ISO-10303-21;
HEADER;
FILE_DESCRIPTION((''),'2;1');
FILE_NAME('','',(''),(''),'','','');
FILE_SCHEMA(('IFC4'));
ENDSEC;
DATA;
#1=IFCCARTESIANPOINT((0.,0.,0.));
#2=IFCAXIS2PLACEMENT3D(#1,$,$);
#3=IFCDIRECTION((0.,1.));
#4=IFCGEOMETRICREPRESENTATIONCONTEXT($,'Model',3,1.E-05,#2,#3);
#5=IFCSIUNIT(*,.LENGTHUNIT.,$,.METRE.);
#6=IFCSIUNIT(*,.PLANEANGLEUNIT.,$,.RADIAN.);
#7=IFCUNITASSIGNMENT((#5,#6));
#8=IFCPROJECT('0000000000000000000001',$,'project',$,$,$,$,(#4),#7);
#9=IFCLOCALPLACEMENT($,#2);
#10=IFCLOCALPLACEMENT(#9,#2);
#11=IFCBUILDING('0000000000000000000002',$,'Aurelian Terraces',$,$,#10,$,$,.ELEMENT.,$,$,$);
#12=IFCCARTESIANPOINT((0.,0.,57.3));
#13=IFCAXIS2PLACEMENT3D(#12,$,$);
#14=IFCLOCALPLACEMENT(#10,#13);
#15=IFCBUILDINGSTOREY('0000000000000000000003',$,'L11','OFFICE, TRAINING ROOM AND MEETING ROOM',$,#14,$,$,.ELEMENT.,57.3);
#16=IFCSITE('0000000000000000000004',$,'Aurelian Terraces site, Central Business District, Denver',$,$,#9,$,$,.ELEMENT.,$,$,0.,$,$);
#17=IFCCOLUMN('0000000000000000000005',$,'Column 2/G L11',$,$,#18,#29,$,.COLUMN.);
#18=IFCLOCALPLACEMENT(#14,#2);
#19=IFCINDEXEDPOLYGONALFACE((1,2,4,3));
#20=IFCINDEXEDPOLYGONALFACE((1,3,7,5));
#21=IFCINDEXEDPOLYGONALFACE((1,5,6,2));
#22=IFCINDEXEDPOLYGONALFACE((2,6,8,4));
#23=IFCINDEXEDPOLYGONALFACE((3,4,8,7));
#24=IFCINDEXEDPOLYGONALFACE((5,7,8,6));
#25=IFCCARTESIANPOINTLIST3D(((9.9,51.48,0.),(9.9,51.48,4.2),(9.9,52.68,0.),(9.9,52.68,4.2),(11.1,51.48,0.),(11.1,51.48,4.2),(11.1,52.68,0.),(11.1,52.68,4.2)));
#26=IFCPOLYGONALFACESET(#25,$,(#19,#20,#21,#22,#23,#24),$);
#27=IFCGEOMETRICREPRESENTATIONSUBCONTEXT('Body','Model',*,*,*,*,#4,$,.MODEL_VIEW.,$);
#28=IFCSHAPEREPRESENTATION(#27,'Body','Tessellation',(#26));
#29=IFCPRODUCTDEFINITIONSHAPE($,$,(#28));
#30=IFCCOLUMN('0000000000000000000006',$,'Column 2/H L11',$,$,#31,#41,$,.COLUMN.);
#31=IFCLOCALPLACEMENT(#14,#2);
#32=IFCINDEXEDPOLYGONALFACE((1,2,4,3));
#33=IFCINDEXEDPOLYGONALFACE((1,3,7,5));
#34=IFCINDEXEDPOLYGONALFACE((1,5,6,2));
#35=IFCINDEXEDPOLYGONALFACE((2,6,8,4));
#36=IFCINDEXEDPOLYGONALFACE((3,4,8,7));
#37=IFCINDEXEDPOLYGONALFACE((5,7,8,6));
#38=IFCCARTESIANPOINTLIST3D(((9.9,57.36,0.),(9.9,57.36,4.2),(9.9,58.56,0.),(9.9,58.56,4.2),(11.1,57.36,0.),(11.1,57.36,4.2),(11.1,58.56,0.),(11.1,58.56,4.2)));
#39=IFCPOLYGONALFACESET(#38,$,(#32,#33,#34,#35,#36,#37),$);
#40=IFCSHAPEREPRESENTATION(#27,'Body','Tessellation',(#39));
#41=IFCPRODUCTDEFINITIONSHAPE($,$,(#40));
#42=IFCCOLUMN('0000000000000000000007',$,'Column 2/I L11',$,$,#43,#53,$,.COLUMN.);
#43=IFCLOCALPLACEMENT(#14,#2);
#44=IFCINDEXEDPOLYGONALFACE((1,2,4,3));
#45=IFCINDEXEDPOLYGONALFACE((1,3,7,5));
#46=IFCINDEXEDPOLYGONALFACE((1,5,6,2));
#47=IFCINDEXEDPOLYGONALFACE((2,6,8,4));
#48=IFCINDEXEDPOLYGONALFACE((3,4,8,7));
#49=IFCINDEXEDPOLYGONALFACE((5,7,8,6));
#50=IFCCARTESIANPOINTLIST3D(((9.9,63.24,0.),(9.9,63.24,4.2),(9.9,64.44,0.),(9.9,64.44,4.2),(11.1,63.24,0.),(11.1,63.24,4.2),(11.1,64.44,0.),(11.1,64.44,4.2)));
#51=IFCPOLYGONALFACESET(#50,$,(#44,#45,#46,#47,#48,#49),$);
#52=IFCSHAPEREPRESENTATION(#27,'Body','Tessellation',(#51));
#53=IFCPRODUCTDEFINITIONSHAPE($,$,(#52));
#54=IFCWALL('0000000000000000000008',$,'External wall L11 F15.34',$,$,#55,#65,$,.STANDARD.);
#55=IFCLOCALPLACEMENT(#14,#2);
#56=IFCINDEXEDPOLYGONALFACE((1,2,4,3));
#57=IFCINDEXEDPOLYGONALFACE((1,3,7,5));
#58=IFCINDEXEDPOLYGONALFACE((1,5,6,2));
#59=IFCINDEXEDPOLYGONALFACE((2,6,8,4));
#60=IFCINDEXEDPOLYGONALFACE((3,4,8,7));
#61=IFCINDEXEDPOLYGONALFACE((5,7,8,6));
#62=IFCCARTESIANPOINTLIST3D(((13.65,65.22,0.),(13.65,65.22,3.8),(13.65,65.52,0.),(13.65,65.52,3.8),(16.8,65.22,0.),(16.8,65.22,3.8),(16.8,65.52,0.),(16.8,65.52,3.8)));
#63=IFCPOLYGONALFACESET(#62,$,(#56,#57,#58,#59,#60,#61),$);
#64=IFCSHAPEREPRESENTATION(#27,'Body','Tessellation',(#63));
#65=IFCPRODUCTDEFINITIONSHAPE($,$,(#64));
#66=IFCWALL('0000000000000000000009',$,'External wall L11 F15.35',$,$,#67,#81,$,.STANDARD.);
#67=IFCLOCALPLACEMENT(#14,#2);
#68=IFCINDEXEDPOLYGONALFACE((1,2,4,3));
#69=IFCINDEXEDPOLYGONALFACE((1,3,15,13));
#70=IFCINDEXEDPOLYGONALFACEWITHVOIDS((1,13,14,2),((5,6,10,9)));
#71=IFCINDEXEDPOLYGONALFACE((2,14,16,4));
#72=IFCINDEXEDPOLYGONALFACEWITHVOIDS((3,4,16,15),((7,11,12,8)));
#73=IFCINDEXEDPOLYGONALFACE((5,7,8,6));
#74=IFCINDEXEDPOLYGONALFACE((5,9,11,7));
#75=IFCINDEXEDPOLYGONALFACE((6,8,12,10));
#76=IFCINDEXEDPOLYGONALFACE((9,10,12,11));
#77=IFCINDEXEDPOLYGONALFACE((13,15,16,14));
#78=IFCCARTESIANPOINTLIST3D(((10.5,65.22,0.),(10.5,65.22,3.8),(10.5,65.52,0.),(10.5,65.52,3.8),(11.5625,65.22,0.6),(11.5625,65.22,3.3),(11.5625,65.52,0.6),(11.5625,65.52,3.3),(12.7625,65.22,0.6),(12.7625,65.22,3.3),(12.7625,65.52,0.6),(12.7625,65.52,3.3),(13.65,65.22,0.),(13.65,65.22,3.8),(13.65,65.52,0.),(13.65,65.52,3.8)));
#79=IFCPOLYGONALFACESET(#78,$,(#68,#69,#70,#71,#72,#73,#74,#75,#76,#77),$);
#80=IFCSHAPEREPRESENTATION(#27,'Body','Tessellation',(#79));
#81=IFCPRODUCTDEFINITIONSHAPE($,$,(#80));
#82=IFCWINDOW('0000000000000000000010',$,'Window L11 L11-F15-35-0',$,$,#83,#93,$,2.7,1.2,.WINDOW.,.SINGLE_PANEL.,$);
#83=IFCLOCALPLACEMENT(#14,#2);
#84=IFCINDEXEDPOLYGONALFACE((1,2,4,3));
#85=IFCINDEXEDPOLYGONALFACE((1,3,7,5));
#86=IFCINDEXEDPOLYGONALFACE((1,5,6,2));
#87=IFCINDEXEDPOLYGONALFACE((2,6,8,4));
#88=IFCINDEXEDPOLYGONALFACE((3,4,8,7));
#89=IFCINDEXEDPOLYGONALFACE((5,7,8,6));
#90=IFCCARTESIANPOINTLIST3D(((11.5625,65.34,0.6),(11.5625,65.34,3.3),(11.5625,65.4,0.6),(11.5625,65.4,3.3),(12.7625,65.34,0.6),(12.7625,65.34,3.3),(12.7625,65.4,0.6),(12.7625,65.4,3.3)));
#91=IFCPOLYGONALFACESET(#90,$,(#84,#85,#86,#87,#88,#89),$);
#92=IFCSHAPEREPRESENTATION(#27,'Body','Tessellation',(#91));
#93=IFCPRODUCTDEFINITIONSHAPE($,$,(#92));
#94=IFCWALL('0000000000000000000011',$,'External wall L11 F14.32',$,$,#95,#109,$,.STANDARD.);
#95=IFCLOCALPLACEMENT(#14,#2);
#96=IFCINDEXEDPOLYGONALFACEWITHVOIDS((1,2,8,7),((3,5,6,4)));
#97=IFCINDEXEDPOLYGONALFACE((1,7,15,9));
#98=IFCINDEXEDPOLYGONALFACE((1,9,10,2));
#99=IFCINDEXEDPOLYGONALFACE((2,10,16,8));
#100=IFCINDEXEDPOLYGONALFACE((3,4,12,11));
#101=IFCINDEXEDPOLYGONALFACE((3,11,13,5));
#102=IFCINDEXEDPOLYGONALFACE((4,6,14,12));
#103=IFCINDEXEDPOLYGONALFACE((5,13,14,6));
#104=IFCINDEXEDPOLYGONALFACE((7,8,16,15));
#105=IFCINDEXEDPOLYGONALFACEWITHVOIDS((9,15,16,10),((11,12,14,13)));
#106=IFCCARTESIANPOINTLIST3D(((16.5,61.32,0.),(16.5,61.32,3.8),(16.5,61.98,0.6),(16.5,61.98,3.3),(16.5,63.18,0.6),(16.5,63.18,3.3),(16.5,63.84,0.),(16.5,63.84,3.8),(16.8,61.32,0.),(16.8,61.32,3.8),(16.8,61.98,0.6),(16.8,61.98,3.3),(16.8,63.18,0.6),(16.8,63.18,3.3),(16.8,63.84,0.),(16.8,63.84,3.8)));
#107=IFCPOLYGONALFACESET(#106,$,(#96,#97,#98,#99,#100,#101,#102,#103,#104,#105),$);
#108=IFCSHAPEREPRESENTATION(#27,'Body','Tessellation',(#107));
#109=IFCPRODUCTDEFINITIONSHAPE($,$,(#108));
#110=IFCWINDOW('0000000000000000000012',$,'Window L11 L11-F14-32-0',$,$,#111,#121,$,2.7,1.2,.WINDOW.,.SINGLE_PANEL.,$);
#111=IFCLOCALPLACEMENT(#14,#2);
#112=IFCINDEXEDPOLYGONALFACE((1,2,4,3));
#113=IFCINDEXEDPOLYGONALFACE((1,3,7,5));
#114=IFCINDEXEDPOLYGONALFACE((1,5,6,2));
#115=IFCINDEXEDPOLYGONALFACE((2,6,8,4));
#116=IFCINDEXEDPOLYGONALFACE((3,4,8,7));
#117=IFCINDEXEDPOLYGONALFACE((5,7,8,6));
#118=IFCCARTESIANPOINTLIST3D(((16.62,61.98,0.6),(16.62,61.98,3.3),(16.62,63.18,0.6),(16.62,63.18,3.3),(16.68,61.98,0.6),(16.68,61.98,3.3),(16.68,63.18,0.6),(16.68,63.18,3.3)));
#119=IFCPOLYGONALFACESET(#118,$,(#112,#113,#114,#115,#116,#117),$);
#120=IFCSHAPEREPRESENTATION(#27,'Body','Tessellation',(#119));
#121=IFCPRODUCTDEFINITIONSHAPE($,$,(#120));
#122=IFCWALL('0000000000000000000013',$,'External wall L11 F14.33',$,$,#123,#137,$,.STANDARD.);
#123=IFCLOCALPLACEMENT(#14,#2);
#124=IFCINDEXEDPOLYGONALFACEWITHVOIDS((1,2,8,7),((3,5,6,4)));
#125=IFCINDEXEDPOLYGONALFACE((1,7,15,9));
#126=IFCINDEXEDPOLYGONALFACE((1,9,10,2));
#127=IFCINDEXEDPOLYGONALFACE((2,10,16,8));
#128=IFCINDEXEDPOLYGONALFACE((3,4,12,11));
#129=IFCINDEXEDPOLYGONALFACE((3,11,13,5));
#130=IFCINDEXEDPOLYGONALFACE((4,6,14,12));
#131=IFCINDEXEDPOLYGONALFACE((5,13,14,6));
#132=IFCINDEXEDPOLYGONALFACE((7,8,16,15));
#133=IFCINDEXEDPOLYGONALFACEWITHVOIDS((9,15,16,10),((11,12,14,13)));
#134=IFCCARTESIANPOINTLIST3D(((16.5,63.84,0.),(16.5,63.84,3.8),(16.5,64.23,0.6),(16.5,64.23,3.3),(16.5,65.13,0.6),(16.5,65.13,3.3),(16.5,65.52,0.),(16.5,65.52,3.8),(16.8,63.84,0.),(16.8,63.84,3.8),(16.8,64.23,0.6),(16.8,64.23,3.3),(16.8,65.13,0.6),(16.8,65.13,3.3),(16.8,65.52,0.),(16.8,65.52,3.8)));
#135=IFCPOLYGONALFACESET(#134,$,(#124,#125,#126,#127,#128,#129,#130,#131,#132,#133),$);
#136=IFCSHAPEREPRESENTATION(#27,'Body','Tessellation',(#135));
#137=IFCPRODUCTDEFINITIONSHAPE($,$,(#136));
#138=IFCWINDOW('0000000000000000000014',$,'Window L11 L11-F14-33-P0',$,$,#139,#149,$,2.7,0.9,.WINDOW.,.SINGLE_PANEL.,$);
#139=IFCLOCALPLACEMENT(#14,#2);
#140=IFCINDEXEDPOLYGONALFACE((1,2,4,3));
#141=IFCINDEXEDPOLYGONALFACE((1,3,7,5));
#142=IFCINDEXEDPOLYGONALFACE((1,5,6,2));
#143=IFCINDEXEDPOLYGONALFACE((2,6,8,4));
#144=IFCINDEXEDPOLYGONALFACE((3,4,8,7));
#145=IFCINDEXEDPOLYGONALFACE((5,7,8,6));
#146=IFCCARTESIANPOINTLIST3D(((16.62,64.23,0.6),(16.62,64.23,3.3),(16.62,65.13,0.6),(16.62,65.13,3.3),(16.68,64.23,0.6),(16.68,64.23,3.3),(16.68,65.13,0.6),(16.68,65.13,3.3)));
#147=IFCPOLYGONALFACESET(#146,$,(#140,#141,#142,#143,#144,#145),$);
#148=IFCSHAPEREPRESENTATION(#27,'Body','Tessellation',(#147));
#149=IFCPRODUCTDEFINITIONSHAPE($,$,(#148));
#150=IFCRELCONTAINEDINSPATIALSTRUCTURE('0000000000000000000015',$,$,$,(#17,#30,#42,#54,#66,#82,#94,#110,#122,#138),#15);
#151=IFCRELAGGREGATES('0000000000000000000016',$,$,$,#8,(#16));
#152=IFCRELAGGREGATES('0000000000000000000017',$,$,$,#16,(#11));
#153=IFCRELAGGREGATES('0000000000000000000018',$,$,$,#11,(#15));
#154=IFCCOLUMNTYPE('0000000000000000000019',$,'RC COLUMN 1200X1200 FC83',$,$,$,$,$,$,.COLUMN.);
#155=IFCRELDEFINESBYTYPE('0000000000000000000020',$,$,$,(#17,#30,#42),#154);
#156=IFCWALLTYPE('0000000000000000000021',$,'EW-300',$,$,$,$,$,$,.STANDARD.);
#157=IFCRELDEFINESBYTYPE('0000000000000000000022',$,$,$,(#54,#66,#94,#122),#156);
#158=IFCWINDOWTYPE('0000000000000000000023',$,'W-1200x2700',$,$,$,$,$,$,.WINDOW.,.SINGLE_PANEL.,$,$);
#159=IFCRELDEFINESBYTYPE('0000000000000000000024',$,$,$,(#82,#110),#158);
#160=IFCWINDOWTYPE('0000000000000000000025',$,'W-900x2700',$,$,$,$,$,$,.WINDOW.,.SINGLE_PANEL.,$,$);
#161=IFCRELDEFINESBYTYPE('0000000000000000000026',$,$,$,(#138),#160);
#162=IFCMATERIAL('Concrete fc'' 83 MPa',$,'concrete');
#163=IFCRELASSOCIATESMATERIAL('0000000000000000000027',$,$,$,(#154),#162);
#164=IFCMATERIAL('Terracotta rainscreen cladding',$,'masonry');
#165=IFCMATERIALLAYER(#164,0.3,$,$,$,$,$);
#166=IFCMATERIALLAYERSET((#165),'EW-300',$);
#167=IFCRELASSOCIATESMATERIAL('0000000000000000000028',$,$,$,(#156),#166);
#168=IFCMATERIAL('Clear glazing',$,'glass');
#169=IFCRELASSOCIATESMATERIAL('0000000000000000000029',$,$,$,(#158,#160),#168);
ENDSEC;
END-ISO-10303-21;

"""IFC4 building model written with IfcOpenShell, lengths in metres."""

from ifc_helpers import new_model, si_unit, direction, frame, frame_2d, origin, origin_2d, place, context, subcontext, project, spatial, rectangle, extrude, source, transform, mapped, material, layer, layer_set, material_profile, profile_set, type_object, element, fill, save


model = new_model("IFC4")

# Units and contexts
model_context = context("Model", 3, precision=1e-05, world=origin(), true_north=direction((0.0, 1.0)))
body_context = subcontext(model_context, "Body", "Model", "MODEL_VIEW")
ifc_project = project(units=[si_unit("LENGTHUNIT", "METRE"), si_unit("PLANEANGLEUNIT", "RADIAN")], contexts=[model_context])

# Site, building, storey
site_placement = place(None, origin())
site = spatial("IfcSite", under=ifc_project, at=site_placement, Name="Aurelian Terraces site, Central Business District, Denver", CompositionType="ELEMENT", RefElevation=0.0)
building_placement = place(site_placement, origin())
building = spatial("IfcBuilding", under=site, at=building_placement, Name="Aurelian Terraces", CompositionType="ELEMENT")
storey_placement = place(building_placement, frame((0.0, 0.0, 57.3)))
storey = spatial("IfcBuildingStorey", under=building, at=storey_placement, Name="L11", Description="OFFICE, TRAINING ROOM AND MEETING ROOM", CompositionType="ELEMENT", Elevation=57.3)

# Columns
ifc_material_1 = material(Name="Concrete fc' 83 MPa", Category="concrete")
ifc_material_profile = material_profile(ifc_material_1, rectangle(XDim=1.2, YDim=1.2, at=origin_2d()))
ifc_profile_set = profile_set([ifc_material_profile], Name="Concrete fc' 83 MPa")
column_type = type_object("IfcColumnType", Name="RC COLUMN 1200X1200 FC83", PredefinedType="COLUMN", material=ifc_profile_set)
shared_shape_1 = source(origin(), body_context, "Body", "SweptSolid", [
    extrude(rectangle(XDim=1.2, YDim=1.2, at=origin_2d()), origin(), (0.0, 0.0, 1.0), 4.2),
])
for number, where, z_axis, x_axis, name in (
    (1, (10.5, 52.08, 0.0), (0.0, 0.0, 1.0), (1.0, 0.0, 0.0), "Column 2/G L11"),
    (2, (10.5, 57.96, 0.0), (0.0, 0.0, 1.0), (1.0, 0.0, 0.0), "Column 2/H L11"),
    (3, (10.5, 63.84, 0.0), (0.0, 0.0, 1.0), (1.0, 0.0, 0.0), "Column 2/I L11"),
):
    element("IfcColumn", number, at=place(storey_placement, frame(where, z_axis=z_axis, x_axis=x_axis)), inside=storey, type_object=column_type, Name=name, PredefinedType="COLUMN", context=body_context, shape_type="MappedRepresentation", body=[
        mapped(shared_shape_1, transform((0.0, 0.0, 0.0), scale=1.0)),
    ])

# Wall
ifc_material_2 = material(Name="Terracotta rainscreen cladding", Category="masonry")
ifc_layer_1 = layer(ifc_material_2, 0.3)
ifc_layer_set_1 = layer_set([ifc_layer_1], Name="EW-300")
wall_type_1 = type_object("IfcWallType", Name="EW-300", PredefinedType="STANDARD", material=ifc_layer_set_1)
shared_shape_2 = source(origin(), body_context, "Body", "SweptSolid", [
    extrude(rectangle(XDim=3.15, YDim=0.3, at=frame_2d((1.575, 0.0))), origin(), (0.0, 0.0, 1.0), 3.8),
])
wall_1_placement = place(storey_placement, frame((16.8, 65.37, 0.0), z_axis=(0.0, 0.0, 1.0), x_axis=(-1.0, 0.0, 0.0)))
element("IfcWall", 4, at=wall_1_placement, inside=storey, type_object=wall_type_1, Name="External wall L11 F15.34", PredefinedType="STANDARD", context=body_context, shape_type="MappedRepresentation", body=[
    mapped(shared_shape_2, transform((0.0, 0.0, 0.0), scale=1.0)),
])

# Walls, openings, windows
wall_2_placement = place(storey_placement, frame((13.65, 65.37, 0.0), z_axis=(0.0, 0.0, 1.0), x_axis=(-1.0, 0.0, 0.0)))
wall_2 = element("IfcWall", 5, at=wall_2_placement, inside=storey, type_object=wall_type_1, Name="External wall L11 F15.35", PredefinedType="STANDARD", context=body_context, shape_type="MappedRepresentation", body=[
    mapped(shared_shape_2, transform((0.0, 0.0, 0.0), scale=1.0)),
])
shared_shape_3 = source(origin(), body_context, "Body", "SweptSolid", [
    extrude(rectangle(XDim=1.2, YDim=2.7, at=frame_2d((0.6, 1.35))), frame((0.0, 0.16, 0.0), z_axis=(0.0, -1.0, 0.0), x_axis=(1.0, 0.0, 0.0)), (0.0, 0.0, 1.0), 0.32),
])
opening_1_placement = place(wall_2_placement, frame((0.8875, 0.0, 0.6)))
opening_1 = element("IfcOpeningElement", 6, at=opening_1_placement, cuts=wall_2, PredefinedType="OPENING", context=body_context, shape_type="MappedRepresentation", body=[
    mapped(shared_shape_3, transform((0.0, 0.0, 0.0), scale=1.0)),
])
ifc_material_3 = material(Name="Clear glazing", Category="glass")
window_type_1 = type_object("IfcWindowType", Name="W-1200x2700", PartitioningType="SINGLE_PANEL", PredefinedType="WINDOW", material=ifc_material_3)
shared_shape_4 = source(origin(), body_context, "Body", "SweptSolid", [
    extrude(rectangle(XDim=1.2, YDim=2.7, at=frame_2d((0.6, 1.35))), frame((0.0, 0.03, 0.0), z_axis=(0.0, -1.0, 0.0), x_axis=(1.0, 0.0, 0.0)), (0.0, 0.0, 1.0), 0.06),
])
window_1_placement = place(opening_1_placement, origin())
window_1 = element("IfcWindow", 7, at=window_1_placement, inside=storey, type_object=window_type_1, Name="Window L11 L11-F15-35-0", OverallHeight=2.7, OverallWidth=1.2, PartitioningType="SINGLE_PANEL", PredefinedType="WINDOW", context=body_context, shape_type="MappedRepresentation", body=[
    mapped(shared_shape_4, transform((0.0, 0.0, 0.0), scale=1.0)),
])
fill(opening_1, window_1)
shared_shape_5 = source(origin(), body_context, "Body", "SweptSolid", [
    extrude(rectangle(XDim=2.52, YDim=0.3, at=frame_2d((1.26, 0.0))), origin(), (0.0, 0.0, 1.0), 3.8),
])
wall_3_placement = place(storey_placement, frame((16.65, 61.32, 0.0), z_axis=(0.0, 0.0, 1.0), x_axis=(0.0, 1.0, 0.0)))
wall_3 = element("IfcWall", 8, at=wall_3_placement, inside=storey, type_object=wall_type_1, Name="External wall L11 F14.32", PredefinedType="STANDARD", context=body_context, shape_type="MappedRepresentation", body=[
    mapped(shared_shape_5, transform((0.0, 0.0, 0.0), scale=1.0)),
])
opening_2_placement = place(wall_3_placement, frame((0.66, 0.0, 0.6)))
opening_2 = element("IfcOpeningElement", 9, at=opening_2_placement, cuts=wall_3, PredefinedType="OPENING", context=body_context, shape_type="MappedRepresentation", body=[
    mapped(shared_shape_3, transform((0.0, 0.0, 0.0), scale=1.0)),
])
window_2_placement = place(opening_2_placement, origin())
window_2 = element("IfcWindow", 10, at=window_2_placement, inside=storey, type_object=window_type_1, Name="Window L11 L11-F14-32-0", OverallHeight=2.7, OverallWidth=1.2, PartitioningType="SINGLE_PANEL", PredefinedType="WINDOW", context=body_context, shape_type="MappedRepresentation", body=[
    mapped(shared_shape_4, transform((0.0, 0.0, 0.0), scale=1.0)),
])
fill(opening_2, window_2)
shared_shape_6 = source(origin(), body_context, "Body", "SweptSolid", [
    extrude(rectangle(XDim=1.68, YDim=0.3, at=frame_2d((0.84, 0.0))), origin(), (0.0, 0.0, 1.0), 3.8),
])
wall_4_placement = place(storey_placement, frame((16.65, 63.84, 0.0), z_axis=(0.0, 0.0, 1.0), x_axis=(0.0, 1.0, 0.0)))
wall_4 = element("IfcWall", 11, at=wall_4_placement, inside=storey, type_object=wall_type_1, Name="External wall L11 F14.33", PredefinedType="STANDARD", context=body_context, shape_type="MappedRepresentation", body=[
    mapped(shared_shape_6, transform((0.0, 0.0, 0.0), scale=1.0)),
])
shared_shape_7 = source(origin(), body_context, "Body", "SweptSolid", [
    extrude(rectangle(XDim=0.9, YDim=2.7, at=frame_2d((0.45, 1.35))), frame((0.0, 0.16, 0.0), z_axis=(0.0, -1.0, 0.0), x_axis=(1.0, 0.0, 0.0)), (0.0, 0.0, 1.0), 0.32),
])
opening_3_placement = place(wall_4_placement, frame((0.39, 0.0, 0.6)))
opening_3 = element("IfcOpeningElement", 12, at=opening_3_placement, cuts=wall_4, PredefinedType="OPENING", context=body_context, shape_type="MappedRepresentation", body=[
    mapped(shared_shape_7, transform((0.0, 0.0, 0.0), scale=1.0)),
])
window_type_2 = type_object("IfcWindowType", Name="W-900x2700", PartitioningType="SINGLE_PANEL", PredefinedType="WINDOW", material=ifc_material_3)
shared_shape_8 = source(origin(), body_context, "Body", "SweptSolid", [
    extrude(rectangle(XDim=0.9, YDim=2.7, at=frame_2d((0.45, 1.35))), frame((0.0, 0.03, 0.0), z_axis=(0.0, -1.0, 0.0), x_axis=(1.0, 0.0, 0.0)), (0.0, 0.0, 1.0), 0.06),
])
window_3_placement = place(opening_3_placement, origin())
window_3 = element("IfcWindow", 13, at=window_3_placement, inside=storey, type_object=window_type_2, Name="Window L11 L11-F14-33-P0", OverallHeight=2.7, OverallWidth=0.9, PartitioningType="SINGLE_PANEL", PredefinedType="WINDOW", context=body_context, shape_type="MappedRepresentation", body=[
    mapped(shared_shape_8, transform((0.0, 0.0, 0.0), scale=1.0)),
])
fill(opening_3, window_3)

save(model, "model.ifc")
